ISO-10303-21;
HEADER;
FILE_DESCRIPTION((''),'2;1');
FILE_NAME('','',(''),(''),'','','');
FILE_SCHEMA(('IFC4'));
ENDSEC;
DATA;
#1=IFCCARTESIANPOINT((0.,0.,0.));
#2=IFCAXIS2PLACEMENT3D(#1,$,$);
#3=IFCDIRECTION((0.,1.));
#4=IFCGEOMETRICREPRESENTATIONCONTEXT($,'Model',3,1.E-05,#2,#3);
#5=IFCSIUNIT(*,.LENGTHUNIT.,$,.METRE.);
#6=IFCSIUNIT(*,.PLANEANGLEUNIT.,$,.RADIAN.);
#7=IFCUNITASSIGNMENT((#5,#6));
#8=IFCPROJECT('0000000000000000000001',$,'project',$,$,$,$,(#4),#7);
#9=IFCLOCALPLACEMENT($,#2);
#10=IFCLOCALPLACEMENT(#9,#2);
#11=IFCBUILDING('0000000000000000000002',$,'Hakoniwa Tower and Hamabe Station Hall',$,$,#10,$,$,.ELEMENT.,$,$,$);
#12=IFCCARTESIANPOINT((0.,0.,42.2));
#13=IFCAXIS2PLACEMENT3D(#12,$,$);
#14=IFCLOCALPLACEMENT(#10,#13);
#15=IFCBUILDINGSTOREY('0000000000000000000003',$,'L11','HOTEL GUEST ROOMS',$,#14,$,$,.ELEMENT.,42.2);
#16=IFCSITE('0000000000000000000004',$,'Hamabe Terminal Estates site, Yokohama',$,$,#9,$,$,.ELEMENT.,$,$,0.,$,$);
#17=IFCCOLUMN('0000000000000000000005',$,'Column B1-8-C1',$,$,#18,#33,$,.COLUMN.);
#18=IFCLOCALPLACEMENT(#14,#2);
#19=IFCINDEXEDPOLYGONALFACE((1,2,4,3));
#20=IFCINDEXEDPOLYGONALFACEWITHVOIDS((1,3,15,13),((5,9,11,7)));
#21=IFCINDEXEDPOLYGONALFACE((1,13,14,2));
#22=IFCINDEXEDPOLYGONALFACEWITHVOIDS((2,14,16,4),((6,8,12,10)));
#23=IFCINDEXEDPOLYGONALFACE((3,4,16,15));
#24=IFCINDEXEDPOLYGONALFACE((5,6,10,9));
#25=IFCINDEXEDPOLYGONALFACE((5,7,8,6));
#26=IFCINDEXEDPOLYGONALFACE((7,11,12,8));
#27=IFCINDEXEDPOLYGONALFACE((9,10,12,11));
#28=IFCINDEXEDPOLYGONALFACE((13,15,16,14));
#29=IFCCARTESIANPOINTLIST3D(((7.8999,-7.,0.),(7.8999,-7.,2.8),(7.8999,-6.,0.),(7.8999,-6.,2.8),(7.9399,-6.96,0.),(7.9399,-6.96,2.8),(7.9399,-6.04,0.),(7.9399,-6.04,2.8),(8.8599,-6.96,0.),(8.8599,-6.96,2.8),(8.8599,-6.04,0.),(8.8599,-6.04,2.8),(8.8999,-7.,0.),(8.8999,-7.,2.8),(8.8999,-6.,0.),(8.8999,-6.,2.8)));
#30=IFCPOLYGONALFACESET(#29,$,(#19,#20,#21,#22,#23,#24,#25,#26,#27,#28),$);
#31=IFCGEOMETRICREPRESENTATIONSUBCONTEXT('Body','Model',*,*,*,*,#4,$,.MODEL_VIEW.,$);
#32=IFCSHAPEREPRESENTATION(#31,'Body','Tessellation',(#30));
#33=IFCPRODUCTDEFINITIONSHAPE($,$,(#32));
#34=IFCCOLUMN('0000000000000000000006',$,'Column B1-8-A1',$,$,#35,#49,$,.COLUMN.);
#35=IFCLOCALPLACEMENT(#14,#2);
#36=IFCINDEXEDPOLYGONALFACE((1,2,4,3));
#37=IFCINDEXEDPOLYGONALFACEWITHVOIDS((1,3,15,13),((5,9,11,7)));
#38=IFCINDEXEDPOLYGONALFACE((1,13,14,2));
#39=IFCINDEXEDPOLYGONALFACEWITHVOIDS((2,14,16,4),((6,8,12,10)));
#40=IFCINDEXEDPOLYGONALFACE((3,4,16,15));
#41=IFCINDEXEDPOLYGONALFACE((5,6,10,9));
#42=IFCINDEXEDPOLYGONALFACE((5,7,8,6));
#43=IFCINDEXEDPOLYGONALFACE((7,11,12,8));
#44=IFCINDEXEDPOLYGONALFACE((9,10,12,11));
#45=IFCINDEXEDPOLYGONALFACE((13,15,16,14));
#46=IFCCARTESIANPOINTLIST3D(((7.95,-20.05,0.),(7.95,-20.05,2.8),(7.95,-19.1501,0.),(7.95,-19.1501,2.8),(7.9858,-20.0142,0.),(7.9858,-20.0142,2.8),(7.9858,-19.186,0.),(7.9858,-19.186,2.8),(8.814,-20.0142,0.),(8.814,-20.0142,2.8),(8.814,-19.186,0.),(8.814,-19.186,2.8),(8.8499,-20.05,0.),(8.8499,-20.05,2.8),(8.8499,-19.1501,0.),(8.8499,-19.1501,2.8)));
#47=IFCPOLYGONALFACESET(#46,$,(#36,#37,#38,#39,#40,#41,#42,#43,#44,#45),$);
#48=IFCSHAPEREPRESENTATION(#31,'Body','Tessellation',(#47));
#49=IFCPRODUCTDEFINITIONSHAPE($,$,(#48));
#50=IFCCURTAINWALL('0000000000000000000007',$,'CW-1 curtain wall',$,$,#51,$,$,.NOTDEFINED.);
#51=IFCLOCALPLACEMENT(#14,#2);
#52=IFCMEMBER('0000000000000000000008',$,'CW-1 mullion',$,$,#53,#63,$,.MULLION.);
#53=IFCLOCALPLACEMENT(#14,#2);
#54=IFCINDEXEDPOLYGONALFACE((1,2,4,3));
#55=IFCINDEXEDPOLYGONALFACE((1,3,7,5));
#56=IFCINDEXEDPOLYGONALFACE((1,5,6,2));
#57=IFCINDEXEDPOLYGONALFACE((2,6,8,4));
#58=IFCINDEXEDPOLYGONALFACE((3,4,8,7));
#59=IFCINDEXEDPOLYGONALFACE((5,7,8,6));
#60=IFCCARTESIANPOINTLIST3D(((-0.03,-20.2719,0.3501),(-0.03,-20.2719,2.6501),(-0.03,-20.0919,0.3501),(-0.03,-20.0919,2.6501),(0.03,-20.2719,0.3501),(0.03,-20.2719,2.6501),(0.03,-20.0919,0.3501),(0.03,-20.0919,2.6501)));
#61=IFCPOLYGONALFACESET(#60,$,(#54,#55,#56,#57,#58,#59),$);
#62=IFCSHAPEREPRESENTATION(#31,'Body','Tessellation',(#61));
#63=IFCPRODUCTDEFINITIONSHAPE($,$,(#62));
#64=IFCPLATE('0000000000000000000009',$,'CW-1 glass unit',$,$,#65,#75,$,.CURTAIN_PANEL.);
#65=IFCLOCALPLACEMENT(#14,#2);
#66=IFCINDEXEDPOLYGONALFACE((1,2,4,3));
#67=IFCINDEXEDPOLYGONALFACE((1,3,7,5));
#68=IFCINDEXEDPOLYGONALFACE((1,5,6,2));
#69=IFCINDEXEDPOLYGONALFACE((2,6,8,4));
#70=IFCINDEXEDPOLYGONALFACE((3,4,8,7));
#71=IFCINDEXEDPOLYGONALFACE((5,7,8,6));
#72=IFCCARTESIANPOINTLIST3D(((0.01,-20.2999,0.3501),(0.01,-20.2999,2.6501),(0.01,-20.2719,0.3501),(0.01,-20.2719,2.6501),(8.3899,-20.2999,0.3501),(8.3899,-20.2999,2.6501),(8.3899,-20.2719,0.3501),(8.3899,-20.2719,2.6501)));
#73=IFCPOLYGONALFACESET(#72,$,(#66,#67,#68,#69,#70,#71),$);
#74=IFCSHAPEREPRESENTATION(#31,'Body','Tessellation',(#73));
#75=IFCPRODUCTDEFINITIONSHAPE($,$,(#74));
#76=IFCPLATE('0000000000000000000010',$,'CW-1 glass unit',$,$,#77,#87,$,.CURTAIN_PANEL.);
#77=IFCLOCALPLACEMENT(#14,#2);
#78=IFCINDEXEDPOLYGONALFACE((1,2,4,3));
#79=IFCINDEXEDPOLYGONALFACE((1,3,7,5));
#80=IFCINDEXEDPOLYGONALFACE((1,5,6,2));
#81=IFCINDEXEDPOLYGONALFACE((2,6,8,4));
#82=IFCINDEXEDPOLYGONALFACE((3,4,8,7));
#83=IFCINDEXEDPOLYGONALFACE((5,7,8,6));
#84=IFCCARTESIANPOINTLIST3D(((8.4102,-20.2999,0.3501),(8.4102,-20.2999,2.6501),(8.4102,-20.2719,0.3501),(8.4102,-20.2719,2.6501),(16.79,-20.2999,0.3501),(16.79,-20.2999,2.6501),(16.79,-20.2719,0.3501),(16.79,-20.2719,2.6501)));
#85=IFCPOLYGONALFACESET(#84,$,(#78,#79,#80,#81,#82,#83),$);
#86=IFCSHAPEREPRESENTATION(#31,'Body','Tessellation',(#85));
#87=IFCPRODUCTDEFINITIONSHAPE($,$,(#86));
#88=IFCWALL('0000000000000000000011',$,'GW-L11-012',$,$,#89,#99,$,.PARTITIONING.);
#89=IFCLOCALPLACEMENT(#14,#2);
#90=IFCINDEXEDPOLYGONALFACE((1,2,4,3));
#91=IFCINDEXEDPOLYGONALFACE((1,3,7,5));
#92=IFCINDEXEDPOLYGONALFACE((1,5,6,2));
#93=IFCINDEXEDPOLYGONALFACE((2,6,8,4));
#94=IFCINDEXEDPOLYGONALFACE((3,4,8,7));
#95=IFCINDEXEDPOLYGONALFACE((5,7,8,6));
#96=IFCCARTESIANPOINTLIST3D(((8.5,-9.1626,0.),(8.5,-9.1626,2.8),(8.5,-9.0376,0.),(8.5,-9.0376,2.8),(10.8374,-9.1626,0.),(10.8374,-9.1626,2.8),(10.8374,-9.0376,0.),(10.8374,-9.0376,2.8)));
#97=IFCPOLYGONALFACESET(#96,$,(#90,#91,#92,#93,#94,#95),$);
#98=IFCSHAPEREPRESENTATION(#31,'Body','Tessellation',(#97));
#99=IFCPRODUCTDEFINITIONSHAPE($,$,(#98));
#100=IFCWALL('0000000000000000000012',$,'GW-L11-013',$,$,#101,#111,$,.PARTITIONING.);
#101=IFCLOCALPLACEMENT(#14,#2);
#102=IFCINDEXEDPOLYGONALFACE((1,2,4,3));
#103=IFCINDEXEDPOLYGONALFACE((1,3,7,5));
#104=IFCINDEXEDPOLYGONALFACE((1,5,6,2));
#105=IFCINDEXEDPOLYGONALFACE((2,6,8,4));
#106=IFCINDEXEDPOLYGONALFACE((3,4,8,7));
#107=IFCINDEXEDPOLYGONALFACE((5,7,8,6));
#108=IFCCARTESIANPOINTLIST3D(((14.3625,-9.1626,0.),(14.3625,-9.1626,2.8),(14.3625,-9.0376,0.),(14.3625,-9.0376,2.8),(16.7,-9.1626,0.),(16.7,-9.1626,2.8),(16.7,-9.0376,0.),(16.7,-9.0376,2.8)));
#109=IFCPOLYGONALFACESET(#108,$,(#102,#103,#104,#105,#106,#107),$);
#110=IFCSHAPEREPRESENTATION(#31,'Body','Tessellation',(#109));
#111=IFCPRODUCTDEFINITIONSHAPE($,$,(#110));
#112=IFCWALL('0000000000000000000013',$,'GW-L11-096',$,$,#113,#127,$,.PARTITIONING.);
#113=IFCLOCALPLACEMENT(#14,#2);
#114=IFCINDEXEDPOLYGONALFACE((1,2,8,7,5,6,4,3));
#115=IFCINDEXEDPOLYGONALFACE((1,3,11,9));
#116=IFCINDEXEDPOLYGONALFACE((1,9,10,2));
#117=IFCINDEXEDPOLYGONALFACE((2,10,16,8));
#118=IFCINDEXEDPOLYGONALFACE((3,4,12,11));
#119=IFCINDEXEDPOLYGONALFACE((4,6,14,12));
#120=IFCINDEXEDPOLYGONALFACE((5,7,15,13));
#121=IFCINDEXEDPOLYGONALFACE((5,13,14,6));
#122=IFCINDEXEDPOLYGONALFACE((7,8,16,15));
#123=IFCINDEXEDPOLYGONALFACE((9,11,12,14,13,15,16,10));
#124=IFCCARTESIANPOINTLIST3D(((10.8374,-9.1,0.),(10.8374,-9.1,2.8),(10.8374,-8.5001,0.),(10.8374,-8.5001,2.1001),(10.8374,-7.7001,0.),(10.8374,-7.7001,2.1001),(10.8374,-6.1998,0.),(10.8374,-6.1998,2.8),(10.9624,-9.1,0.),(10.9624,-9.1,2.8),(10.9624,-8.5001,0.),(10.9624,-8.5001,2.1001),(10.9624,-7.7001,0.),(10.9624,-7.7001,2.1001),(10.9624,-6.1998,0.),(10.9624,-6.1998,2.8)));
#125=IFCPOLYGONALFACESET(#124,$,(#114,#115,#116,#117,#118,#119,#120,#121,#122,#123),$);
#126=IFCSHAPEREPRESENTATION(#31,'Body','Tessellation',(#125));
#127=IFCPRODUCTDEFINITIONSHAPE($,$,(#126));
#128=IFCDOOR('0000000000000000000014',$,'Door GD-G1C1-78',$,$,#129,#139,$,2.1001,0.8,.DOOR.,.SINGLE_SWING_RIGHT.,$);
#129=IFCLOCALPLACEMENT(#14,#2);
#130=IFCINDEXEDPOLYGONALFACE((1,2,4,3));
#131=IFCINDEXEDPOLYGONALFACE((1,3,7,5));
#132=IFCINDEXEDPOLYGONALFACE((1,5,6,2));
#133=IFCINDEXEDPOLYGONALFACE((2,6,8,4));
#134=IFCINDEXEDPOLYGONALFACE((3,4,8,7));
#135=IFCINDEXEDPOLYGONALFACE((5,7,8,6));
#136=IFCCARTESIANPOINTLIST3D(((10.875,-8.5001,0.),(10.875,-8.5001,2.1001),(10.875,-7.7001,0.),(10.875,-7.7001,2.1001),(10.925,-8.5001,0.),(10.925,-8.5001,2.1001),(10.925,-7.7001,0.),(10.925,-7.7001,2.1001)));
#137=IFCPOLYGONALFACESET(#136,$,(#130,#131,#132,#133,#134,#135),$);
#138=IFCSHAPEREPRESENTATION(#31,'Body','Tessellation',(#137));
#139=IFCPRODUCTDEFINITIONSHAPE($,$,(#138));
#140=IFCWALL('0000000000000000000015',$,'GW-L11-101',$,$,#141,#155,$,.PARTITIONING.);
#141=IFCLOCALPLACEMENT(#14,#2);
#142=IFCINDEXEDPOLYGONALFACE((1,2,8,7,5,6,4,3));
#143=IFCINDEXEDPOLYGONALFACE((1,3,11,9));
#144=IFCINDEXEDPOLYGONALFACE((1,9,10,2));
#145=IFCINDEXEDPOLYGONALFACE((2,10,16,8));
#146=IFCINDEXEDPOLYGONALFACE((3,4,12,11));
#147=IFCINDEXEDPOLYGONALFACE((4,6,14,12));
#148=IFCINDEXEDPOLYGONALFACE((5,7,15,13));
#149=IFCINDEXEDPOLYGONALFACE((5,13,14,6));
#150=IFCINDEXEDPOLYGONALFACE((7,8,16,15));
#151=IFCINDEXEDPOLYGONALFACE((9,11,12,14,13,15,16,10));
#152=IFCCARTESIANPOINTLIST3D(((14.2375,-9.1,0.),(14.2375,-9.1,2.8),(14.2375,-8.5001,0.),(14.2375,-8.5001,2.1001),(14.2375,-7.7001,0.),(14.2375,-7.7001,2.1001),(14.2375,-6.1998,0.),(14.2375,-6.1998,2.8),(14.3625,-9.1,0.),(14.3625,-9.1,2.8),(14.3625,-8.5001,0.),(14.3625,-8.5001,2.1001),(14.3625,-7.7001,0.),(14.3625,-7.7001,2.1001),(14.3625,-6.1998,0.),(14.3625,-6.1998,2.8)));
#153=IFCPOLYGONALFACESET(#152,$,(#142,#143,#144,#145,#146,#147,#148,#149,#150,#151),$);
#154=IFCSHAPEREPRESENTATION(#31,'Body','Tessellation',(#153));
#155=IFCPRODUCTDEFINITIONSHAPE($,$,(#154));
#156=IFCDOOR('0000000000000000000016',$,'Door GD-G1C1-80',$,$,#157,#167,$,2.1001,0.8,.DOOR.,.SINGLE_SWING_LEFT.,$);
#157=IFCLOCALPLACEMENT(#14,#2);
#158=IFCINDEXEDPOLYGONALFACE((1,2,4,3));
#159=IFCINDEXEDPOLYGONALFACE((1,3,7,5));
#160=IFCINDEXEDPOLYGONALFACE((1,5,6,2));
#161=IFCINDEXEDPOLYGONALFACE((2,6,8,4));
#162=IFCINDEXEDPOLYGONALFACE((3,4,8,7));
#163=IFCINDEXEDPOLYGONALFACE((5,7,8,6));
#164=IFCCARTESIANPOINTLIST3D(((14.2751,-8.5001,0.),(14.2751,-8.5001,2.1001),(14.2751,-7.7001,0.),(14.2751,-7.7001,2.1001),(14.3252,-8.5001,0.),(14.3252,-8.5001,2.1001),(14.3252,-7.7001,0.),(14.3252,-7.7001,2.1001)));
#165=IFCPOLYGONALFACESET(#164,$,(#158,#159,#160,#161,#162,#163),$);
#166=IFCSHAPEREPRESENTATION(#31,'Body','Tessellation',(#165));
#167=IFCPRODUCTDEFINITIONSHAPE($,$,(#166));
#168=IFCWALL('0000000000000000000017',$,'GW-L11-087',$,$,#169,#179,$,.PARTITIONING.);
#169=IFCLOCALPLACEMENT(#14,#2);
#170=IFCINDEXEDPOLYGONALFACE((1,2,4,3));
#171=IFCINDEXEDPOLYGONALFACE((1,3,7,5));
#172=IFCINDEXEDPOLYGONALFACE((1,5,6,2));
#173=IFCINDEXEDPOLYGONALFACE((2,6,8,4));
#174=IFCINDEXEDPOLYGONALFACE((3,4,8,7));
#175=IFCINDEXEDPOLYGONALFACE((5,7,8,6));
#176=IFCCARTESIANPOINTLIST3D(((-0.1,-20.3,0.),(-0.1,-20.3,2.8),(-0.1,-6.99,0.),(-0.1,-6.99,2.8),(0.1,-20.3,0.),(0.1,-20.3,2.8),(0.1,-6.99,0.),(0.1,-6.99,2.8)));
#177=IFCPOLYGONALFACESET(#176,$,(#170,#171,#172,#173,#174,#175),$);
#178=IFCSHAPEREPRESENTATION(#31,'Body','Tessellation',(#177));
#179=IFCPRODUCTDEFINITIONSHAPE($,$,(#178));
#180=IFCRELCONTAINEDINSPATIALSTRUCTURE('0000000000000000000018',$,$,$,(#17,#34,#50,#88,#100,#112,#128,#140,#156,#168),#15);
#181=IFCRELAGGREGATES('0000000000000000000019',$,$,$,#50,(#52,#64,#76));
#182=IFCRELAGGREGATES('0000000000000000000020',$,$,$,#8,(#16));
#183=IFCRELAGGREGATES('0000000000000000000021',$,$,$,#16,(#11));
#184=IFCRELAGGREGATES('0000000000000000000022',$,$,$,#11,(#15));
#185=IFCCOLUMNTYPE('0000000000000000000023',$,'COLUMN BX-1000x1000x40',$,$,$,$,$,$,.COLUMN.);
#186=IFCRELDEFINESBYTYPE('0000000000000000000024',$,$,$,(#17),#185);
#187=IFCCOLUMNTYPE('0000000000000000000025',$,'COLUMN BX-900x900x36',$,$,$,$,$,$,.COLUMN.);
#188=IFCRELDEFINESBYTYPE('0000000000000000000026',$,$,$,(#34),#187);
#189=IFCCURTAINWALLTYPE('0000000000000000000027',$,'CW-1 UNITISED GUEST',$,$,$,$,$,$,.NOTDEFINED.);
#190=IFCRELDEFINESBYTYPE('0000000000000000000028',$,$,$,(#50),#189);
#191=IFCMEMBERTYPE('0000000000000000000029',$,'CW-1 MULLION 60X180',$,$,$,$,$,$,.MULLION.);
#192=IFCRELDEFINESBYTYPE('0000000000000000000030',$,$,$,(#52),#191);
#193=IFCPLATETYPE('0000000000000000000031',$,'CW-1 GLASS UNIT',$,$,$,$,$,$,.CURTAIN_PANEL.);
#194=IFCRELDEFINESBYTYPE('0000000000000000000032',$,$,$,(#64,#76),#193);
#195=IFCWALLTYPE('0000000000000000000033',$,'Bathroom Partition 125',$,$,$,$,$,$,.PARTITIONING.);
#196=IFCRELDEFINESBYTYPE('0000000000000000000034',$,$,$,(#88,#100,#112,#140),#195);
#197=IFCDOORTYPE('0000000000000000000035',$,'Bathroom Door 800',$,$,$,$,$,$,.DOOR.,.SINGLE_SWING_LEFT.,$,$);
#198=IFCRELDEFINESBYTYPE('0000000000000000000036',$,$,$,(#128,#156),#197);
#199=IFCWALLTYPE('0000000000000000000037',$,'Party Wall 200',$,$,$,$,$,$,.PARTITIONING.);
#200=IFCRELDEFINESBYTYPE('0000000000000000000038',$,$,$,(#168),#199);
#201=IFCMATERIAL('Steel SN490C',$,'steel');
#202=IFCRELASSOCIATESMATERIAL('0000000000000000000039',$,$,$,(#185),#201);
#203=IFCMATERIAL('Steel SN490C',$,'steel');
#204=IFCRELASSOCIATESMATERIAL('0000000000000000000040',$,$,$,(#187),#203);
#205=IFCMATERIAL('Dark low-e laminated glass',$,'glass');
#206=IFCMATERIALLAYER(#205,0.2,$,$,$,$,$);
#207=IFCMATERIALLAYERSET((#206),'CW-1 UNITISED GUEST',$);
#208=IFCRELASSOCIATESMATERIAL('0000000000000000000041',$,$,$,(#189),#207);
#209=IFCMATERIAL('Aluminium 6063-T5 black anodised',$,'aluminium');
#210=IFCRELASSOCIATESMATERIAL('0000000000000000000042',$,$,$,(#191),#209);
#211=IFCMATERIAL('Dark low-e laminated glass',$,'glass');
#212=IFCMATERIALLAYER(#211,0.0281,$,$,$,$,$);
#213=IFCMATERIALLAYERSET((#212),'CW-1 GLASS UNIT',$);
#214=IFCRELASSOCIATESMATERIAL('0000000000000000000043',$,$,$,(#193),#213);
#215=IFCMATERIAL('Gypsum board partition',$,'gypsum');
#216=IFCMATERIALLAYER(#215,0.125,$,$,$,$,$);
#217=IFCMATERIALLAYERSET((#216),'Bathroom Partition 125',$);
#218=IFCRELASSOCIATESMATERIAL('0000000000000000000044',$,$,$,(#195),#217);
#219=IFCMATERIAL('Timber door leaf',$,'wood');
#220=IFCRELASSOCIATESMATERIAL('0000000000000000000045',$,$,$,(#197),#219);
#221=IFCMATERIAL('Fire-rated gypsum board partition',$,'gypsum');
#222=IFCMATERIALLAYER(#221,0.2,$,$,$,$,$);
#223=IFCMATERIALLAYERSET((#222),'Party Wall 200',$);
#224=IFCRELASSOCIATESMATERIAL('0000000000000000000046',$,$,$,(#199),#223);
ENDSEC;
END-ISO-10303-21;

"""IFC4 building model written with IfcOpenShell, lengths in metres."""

from ifc_helpers import new_model, si_unit, direction, frame, frame_2d, origin, origin_2d, place, context, subcontext, project, spatial, rectangle, hollow_rectangle, extrude, material, layer, layer_set, material_profile, profile_set, type_object, element, fill, aggregate, save


model = new_model("IFC4")

# Units and contexts
model_context = context("Model", 3, precision=1e-05, world=origin(), true_north=direction((0.0, 1.0)))
body_context = subcontext(model_context, "Body", "Model", "MODEL_VIEW")
ifc_project = project(units=[si_unit("LENGTHUNIT", "METRE"), si_unit("PLANEANGLEUNIT", "RADIAN")], contexts=[model_context])

# Site, building, storey
site_placement = place(None, origin())
site = spatial("IfcSite", under=ifc_project, at=site_placement, Name="Hamabe Terminal Estates site, Yokohama", CompositionType="ELEMENT", RefElevation=0.0)
building_placement = place(site_placement, origin())
building = spatial("IfcBuilding", under=site, at=building_placement, Name="Hakoniwa Tower and Hamabe Station Hall", CompositionType="ELEMENT")
storey_placement = place(building_placement, frame((0.0, 0.0, 42.2)))
storey = spatial("IfcBuildingStorey", under=building, at=storey_placement, Name="L11", Description="HOTEL GUEST ROOMS", CompositionType="ELEMENT", Elevation=42.2)

# Columns
ifc_material_1 = material(Name="Steel SN490C", Category="steel")
ifc_material_profile_1 = material_profile(ifc_material_1, hollow_rectangle(XDim=1.0, YDim=1.0, WallThickness=0.04, at=origin_2d()), Name="BX-1000x1000x40")
ifc_profile_set_1 = profile_set([ifc_material_profile_1], Name="Steel SN490C")
column_type_1 = type_object("IfcColumnType", Name="COLUMN BX-1000x1000x40", PredefinedType="COLUMN", material=ifc_profile_set_1)
column_1_placement = place(storey_placement, frame((8.3999, -6.5, 0.0), z_axis=(0.0, 0.0, 1.0), x_axis=(1.0, 0.0, 0.0)))
element("IfcColumn", 1, at=column_1_placement, inside=storey, type_object=column_type_1, Name="Column B1-8-C1", PredefinedType="COLUMN", context=body_context, shape_type="SweptSolid", body=[
    extrude(hollow_rectangle(XDim=1.0, YDim=1.0, WallThickness=0.04, at=origin_2d()), origin(), (0.0, 0.0, 1.0), 2.8),
])
ifc_material_2 = material(Name="Steel SN490C", Category="steel")
ifc_material_profile_2 = material_profile(ifc_material_2, hollow_rectangle(XDim=0.8999, YDim=0.8999, WallThickness=0.0359, at=origin_2d()), Name="BX-900x900x36")
ifc_profile_set_2 = profile_set([ifc_material_profile_2], Name="Steel SN490C")
column_type_2 = type_object("IfcColumnType", Name="COLUMN BX-900x900x36", PredefinedType="COLUMN", material=ifc_profile_set_2)
column_2_placement = place(storey_placement, frame((8.3999, -19.6001, 0.0), z_axis=(0.0, 0.0, 1.0), x_axis=(1.0, 0.0, 0.0)))
element("IfcColumn", 2, at=column_2_placement, inside=storey, type_object=column_type_2, Name="Column B1-8-A1", PredefinedType="COLUMN", context=body_context, shape_type="SweptSolid", body=[
    extrude(hollow_rectangle(XDim=0.8999, YDim=0.8999, WallThickness=0.0359, at=origin_2d()), origin(), (0.0, 0.0, 1.0), 2.8),
])

# Curtain wall, member, plates
ifc_material_3 = material(Name="Dark low-e laminated glass", Category="glass")
ifc_layer_1 = layer(ifc_material_3, 0.2)
ifc_layer_set_1 = layer_set([ifc_layer_1], Name="CW-1 UNITISED GUEST")
curtain_wall_type = type_object("IfcCurtainWallType", Name="CW-1 UNITISED GUEST", PredefinedType="NOTDEFINED", material=ifc_layer_set_1)
curtain_wall_placement = place(storey_placement, origin())
curtain_wall = element("IfcCurtainWall", 3, at=curtain_wall_placement, inside=storey, type_object=curtain_wall_type, Name="CW-1 curtain wall", PredefinedType="NOTDEFINED")
ifc_material_4 = material(Name="Aluminium 6063-T5 black anodised", Category="aluminium")
ifc_material_profile_3 = material_profile(ifc_material_4, rectangle(XDim=0.0601, YDim=0.1799, at=origin_2d()), Name="CW-1 MULLION 60X180")
ifc_profile_set_3 = profile_set([ifc_material_profile_3], Name="Aluminium 6063-T5 black anodised")
member_type = type_object("IfcMemberType", Name="CW-1 MULLION 60X180", PredefinedType="MULLION", material=ifc_profile_set_3)
member_placement = place(storey_placement, frame((0.0, -20.1819, 0.3501), z_axis=(0.0, 0.0, 1.0), x_axis=(1.0, 0.0, 0.0)))
member = element("IfcMember", 4, at=member_placement, type_object=member_type, Name="CW-1 mullion", PredefinedType="MULLION", context=body_context, shape_type="SweptSolid", body=[
    extrude(rectangle(XDim=0.0601, YDim=0.1799, at=origin_2d()), origin(), (0.0, 0.0, 1.0), 2.3),
])
ifc_material_5 = material(Name="Dark low-e laminated glass", Category="glass")
ifc_layer_2 = layer(ifc_material_5, 0.0281)
ifc_layer_set_2 = layer_set([ifc_layer_2], Name="CW-1 GLASS UNIT")
plate_type = type_object("IfcPlateType", Name="CW-1 GLASS UNIT", PredefinedType="CURTAIN_PANEL", material=ifc_layer_set_2)
plate_1_placement = place(storey_placement, frame((4.2, -20.2859, 0.3501), z_axis=(0.0, 0.0, 1.0), x_axis=(1.0, 0.0, 0.0)))
plate_1 = element("IfcPlate", 5, at=plate_1_placement, type_object=plate_type, Name="CW-1 glass unit", PredefinedType="CURTAIN_PANEL", context=body_context, shape_type="SweptSolid", body=[
    extrude(rectangle(XDim=8.3799, YDim=0.0281, at=origin_2d()), origin(), (0.0, 0.0, 1.0), 2.3),
])
plate_2_placement = place(storey_placement, frame((12.6001, -20.2859, 0.3501), z_axis=(0.0, 0.0, 1.0), x_axis=(1.0, 0.0, 0.0)))
plate_2 = element("IfcPlate", 6, at=plate_2_placement, type_object=plate_type, Name="CW-1 glass unit", PredefinedType="CURTAIN_PANEL", context=body_context, shape_type="SweptSolid", body=[
    extrude(rectangle(XDim=8.3799, YDim=0.0281, at=origin_2d()), origin(), (0.0, 0.0, 1.0), 2.3),
])
aggregate(curtain_wall, [member, plate_1, plate_2])

# Walls
ifc_material_6 = material(Name="Gypsum board partition", Category="gypsum")
ifc_layer_3 = layer(ifc_material_6, 0.125)
ifc_layer_set_3 = layer_set([ifc_layer_3], Name="Bathroom Partition 125")
wall_type_1 = type_object("IfcWallType", Name="Bathroom Partition 125", PredefinedType="PARTITIONING", material=ifc_layer_set_3)
for number, where, z_axis, x_axis, name in (
    (7, (8.5, -9.1001, 0.0), (0.0, 0.0, 1.0), (1.0, 0.0, 0.0), "GW-L11-012"),
    (8, (14.3625, -9.1001, 0.0), (0.0, 0.0, 1.0), (1.0, 0.0, 0.0), "GW-L11-013"),
):
    element("IfcWall", number, at=place(storey_placement, frame(where, z_axis=z_axis, x_axis=x_axis)), inside=storey, type_object=wall_type_1, Name=name, PredefinedType="PARTITIONING", context=body_context, shape_type="SweptSolid", body=[
        extrude(rectangle(XDim=2.3374, YDim=0.125, at=frame_2d((1.1687, 0.0))), origin(), (0.0, 0.0, 1.0), 2.8),
    ])

# Walls, openings, doors
wall_1_placement = place(storey_placement, frame((10.8999, -9.1001, 0.0), z_axis=(0.0, 0.0, 1.0), x_axis=(0.0, 1.0, 0.0)))
wall_1 = element("IfcWall", 9, at=wall_1_placement, inside=storey, type_object=wall_type_1, Name="GW-L11-096", PredefinedType="PARTITIONING", context=body_context, shape_type="SweptSolid", body=[
    extrude(rectangle(XDim=2.9001, YDim=0.125, at=frame_2d((1.4502, 0.0))), origin(), (0.0, 0.0, 1.0), 2.8),
])
opening_1_placement = place(wall_1_placement, frame((0.6001, 0.0, 0.0)))
opening_1 = element("IfcOpeningElement", 10, at=opening_1_placement, cuts=wall_1, PredefinedType="OPENING", context=body_context, shape_type="SweptSolid", body=[
    extrude(rectangle(XDim=0.8, YDim=2.1001, at=frame_2d((0.3999, 1.05))), frame((0.0, 0.0725, 0.0), z_axis=(0.0, -1.0, 0.0), x_axis=(1.0, 0.0, 0.0)), (0.0, 0.0, 1.0), 0.145),
])
ifc_material_7 = material(Name="Timber door leaf", Category="wood")
door_type = type_object("IfcDoorType", Name="Bathroom Door 800", OperationType="SINGLE_SWING_LEFT", PredefinedType="DOOR", material=ifc_material_7)
door_1_placement = place(opening_1_placement, origin())
door_1 = element("IfcDoor", 11, at=door_1_placement, inside=storey, type_object=door_type, Name="Door GD-G1C1-78", OperationType="SINGLE_SWING_RIGHT", OverallHeight=2.1001, OverallWidth=0.8, PredefinedType="DOOR", context=body_context, shape_type="SweptSolid", body=[
    extrude(rectangle(XDim=0.8, YDim=2.1001, at=frame_2d((0.3999, 1.05))), frame((0.0, 0.0249, 0.0), z_axis=(0.0, -1.0, 0.0), x_axis=(1.0, 0.0, 0.0)), (0.0, 0.0, 1.0), 0.05),
])
fill(opening_1, door_1)
wall_2_placement = place(storey_placement, frame((14.3, -9.1001, 0.0), z_axis=(0.0, 0.0, 1.0), x_axis=(0.0, 1.0, 0.0)))
wall_2 = element("IfcWall", 12, at=wall_2_placement, inside=storey, type_object=wall_type_1, Name="GW-L11-101", PredefinedType="PARTITIONING", context=body_context, shape_type="SweptSolid", body=[
    extrude(rectangle(XDim=2.9001, YDim=0.125, at=frame_2d((1.4502, 0.0))), origin(), (0.0, 0.0, 1.0), 2.8),
])
opening_2_placement = place(wall_2_placement, frame((0.6001, 0.0, 0.0)))
opening_2 = element("IfcOpeningElement", 13, at=opening_2_placement, cuts=wall_2, PredefinedType="OPENING", context=body_context, shape_type="SweptSolid", body=[
    extrude(rectangle(XDim=0.8, YDim=2.1001, at=frame_2d((0.3999, 1.05))), frame((0.0, 0.0725, 0.0), z_axis=(0.0, -1.0, 0.0), x_axis=(1.0, 0.0, 0.0)), (0.0, 0.0, 1.0), 0.145),
])
door_2_placement = place(opening_2_placement, origin())
door_2 = element("IfcDoor", 14, at=door_2_placement, inside=storey, type_object=door_type, Name="Door GD-G1C1-80", OperationType="SINGLE_SWING_LEFT", OverallHeight=2.1001, OverallWidth=0.8, PredefinedType="DOOR", context=body_context, shape_type="SweptSolid", body=[
    extrude(rectangle(XDim=0.8, YDim=2.1001, at=frame_2d((0.3999, 1.05))), frame((0.0, 0.0249, 0.0), z_axis=(0.0, -1.0, 0.0), x_axis=(1.0, 0.0, 0.0)), (0.0, 0.0, 1.0), 0.05),
])
fill(opening_2, door_2)

# Wall
ifc_material_8 = material(Name="Fire-rated gypsum board partition", Category="gypsum")
ifc_layer_4 = layer(ifc_material_8, 0.2)
ifc_layer_set_4 = layer_set([ifc_layer_4], Name="Party Wall 200")
wall_type_2 = type_object("IfcWallType", Name="Party Wall 200", PredefinedType="PARTITIONING", material=ifc_layer_set_4)
wall_3_placement = place(storey_placement, frame((0.0, -20.3, 0.0), z_axis=(0.0, 0.0, 1.0), x_axis=(0.0, 1.0, 0.0)))
element("IfcWall", 15, at=wall_3_placement, inside=storey, type_object=wall_type_2, Name="GW-L11-087", PredefinedType="PARTITIONING", context=body_context, shape_type="SweptSolid", body=[
    extrude(rectangle(XDim=13.3101, YDim=0.2, at=frame_2d((6.655, 0.0))), origin(), (0.0, 0.0, 1.0), 2.8),
])

save(model, "model.ifc")
